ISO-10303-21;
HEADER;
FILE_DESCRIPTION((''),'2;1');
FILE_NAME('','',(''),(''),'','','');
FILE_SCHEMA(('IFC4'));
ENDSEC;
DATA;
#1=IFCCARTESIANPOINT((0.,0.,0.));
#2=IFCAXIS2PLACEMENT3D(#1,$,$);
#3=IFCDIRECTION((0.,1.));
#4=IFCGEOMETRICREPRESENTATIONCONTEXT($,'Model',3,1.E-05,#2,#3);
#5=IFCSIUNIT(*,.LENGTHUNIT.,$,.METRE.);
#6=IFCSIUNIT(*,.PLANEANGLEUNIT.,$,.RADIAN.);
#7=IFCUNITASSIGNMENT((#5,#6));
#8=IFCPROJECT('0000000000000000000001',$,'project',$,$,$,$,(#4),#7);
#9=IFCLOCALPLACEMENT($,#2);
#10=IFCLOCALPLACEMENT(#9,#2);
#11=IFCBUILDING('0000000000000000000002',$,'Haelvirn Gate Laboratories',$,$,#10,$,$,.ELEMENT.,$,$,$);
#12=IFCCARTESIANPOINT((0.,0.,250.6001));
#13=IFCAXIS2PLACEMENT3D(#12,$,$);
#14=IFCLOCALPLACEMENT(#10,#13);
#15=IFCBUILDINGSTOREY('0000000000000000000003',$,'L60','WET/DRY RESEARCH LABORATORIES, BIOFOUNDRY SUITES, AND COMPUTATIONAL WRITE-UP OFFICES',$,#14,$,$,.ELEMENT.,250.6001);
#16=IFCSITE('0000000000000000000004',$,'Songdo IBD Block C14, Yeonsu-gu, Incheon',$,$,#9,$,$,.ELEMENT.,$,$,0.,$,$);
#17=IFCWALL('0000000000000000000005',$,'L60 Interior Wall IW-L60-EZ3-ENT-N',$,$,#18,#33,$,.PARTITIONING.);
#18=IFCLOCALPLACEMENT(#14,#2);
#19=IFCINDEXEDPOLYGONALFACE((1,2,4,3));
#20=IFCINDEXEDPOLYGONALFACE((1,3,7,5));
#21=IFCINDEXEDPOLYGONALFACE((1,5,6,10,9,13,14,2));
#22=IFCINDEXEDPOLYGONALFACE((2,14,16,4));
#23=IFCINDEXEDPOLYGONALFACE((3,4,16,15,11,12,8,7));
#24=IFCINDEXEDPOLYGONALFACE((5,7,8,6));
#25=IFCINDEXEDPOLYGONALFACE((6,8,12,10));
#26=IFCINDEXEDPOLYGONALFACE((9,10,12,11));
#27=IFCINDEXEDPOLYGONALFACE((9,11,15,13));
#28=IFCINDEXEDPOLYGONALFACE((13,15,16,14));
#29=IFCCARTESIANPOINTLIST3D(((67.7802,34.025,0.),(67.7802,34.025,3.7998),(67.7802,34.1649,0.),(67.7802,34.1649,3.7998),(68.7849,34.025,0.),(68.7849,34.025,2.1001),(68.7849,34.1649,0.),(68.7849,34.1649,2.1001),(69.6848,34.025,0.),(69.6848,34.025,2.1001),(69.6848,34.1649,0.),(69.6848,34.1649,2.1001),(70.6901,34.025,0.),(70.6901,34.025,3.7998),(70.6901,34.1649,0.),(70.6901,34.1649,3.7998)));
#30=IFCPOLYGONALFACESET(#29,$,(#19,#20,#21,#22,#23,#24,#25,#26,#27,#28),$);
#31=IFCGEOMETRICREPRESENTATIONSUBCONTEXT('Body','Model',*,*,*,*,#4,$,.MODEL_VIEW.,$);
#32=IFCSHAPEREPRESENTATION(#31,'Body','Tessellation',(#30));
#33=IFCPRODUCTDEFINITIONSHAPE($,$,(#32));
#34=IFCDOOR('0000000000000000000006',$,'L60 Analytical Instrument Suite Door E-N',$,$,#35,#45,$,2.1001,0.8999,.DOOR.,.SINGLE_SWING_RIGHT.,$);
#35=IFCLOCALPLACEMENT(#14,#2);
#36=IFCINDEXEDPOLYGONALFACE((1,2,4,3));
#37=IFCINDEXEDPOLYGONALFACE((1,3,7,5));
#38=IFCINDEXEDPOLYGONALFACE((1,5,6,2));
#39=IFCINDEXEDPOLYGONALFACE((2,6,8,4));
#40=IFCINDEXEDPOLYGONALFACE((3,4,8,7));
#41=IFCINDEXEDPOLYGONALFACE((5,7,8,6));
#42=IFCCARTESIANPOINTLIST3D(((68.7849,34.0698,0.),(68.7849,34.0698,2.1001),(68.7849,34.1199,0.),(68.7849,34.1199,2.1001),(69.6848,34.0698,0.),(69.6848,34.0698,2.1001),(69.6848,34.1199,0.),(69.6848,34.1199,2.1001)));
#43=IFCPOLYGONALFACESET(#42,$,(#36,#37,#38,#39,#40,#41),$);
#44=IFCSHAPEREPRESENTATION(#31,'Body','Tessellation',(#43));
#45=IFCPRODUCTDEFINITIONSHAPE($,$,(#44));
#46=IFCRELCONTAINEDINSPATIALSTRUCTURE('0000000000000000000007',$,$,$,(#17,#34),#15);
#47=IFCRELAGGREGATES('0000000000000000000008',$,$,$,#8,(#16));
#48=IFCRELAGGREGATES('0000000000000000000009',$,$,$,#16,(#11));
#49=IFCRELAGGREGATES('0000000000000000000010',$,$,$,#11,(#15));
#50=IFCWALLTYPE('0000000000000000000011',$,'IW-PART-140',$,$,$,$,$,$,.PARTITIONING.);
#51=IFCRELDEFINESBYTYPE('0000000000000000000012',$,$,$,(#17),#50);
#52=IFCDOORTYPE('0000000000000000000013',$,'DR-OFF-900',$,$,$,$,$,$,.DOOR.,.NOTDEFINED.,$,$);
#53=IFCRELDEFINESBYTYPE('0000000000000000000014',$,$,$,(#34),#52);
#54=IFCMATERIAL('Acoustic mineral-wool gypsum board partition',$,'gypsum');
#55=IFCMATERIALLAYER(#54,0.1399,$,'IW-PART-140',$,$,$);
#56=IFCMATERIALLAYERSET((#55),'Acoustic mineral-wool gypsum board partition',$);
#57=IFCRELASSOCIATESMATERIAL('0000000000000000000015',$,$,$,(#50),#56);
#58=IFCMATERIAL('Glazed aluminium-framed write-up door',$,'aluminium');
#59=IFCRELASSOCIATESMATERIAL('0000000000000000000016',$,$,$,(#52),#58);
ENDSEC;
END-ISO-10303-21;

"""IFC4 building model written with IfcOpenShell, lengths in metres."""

from ifc_helpers import new_model, si_unit, direction, frame, frame_2d, origin, place, context, subcontext, project, spatial, rectangle, extrude, source, transform, mapped, material, layer, layer_set, type_object, type_shapes, element, fill, save


model = new_model("IFC4")

# Units and contexts
model_context = context("Model", 3, precision=1e-05, world=origin(), true_north=direction((0.0, 1.0)))
body_context = subcontext(model_context, "Body", "Model", "MODEL_VIEW")
ifc_project = project(units=[si_unit("LENGTHUNIT", "METRE"), si_unit("PLANEANGLEUNIT", "RADIAN")], contexts=[model_context])

# Site, building, storey
site_placement = place(None, origin())
site = spatial("IfcSite", under=ifc_project, at=site_placement, Name="Songdo IBD Block C14, Yeonsu-gu, Incheon", CompositionType="ELEMENT", RefElevation=0.0)
building_placement = place(site_placement, origin())
building = spatial("IfcBuilding", under=site, at=building_placement, Name="Haelvirn Gate Laboratories", CompositionType="ELEMENT")
storey_placement = place(building_placement, frame((0.0, 0.0, 250.6001)))
storey = spatial("IfcBuildingStorey", under=building, at=storey_placement, Name="L60", Description="WET/DRY RESEARCH LABORATORIES, BIOFOUNDRY SUITES, AND COMPUTATIONAL WRITE-UP OFFICES", CompositionType="ELEMENT", Elevation=250.6001)

# Wall, opening, door
ifc_material_1 = material(Name="Acoustic mineral-wool gypsum board partition", Category="gypsum")
ifc_layer_1 = layer(ifc_material_1, 0.1399, Name="IW-PART-140")
ifc_layer_set_1 = layer_set([ifc_layer_1], Name="Acoustic mineral-wool gypsum board partition")
wall_type_1 = type_object("IfcWallType", Name="IW-PART-140", PredefinedType="PARTITIONING", material=ifc_layer_set_1)
wall_1_placement = place(storey_placement, frame((67.78, 34.095, 0.0), z_axis=(0.0, 0.0, 1.0), x_axis=(1.0, 0.0, 0.0)))
wall_1 = element("IfcWall", 1, at=wall_1_placement, inside=storey, type_object=wall_type_1, Name="L60 Interior Wall IW-L60-EZ3-ENT-N", PredefinedType="PARTITIONING", context=body_context, shape_type="SweptSolid", body=[
    extrude(rectangle(XDim=2.9099, YDim=0.1399, at=frame_2d((1.4551, 0.0))), origin(), (0.0, 0.0, 1.0), 3.7998),
])
opening_placement = place(wall_1_placement, frame((1.0049, 0.0, 0.0)))
opening = element("IfcOpeningElement", 2, at=opening_placement, cuts=wall_1, PredefinedType="OPENING", context=body_context, shape_type="SweptSolid", body=[
    extrude(rectangle(XDim=0.8999, YDim=2.1001, at=frame_2d((0.45, 1.05))), frame((0.0, 0.0801, 0.0), z_axis=(0.0, -1.0, 0.0), x_axis=(1.0, 0.0, 0.0)), (0.0, 0.0, 1.0), 0.1599),
])
ifc_material_2 = material(Name="Glazed aluminium-framed write-up door", Category="aluminium")
door_type = type_object("IfcDoorType", Name="DR-OFF-900", OperationType="NOTDEFINED", PredefinedType="DOOR", material=ifc_material_2)
shared_shape_1 = source(origin(), body_context, "Body", "SweptSolid", [
    extrude(rectangle(XDim=0.8999, YDim=2.1001, at=frame_2d((0.45, 1.05))), frame((0.0, 0.0249, 0.0), z_axis=(0.0, -1.0, 0.0), x_axis=(1.0, 0.0, 0.0)), (0.0, 0.0, 1.0), 0.05),
])
type_shapes(door_type, [shared_shape_1])
door_placement = place(opening_placement, origin())
door = element("IfcDoor", 3, at=door_placement, inside=storey, type_object=door_type, Name="L60 Analytical Instrument Suite Door E-N", OperationType="SINGLE_SWING_RIGHT", OverallHeight=2.1001, OverallWidth=0.8999, PredefinedType="DOOR", context=body_context, shape_type="MappedRepresentation", body=[
    mapped(shared_shape_1, transform((0.0, 0.0, 0.0), scale=1.0)),
])
fill(opening, door)

save(model, "model.ifc")
